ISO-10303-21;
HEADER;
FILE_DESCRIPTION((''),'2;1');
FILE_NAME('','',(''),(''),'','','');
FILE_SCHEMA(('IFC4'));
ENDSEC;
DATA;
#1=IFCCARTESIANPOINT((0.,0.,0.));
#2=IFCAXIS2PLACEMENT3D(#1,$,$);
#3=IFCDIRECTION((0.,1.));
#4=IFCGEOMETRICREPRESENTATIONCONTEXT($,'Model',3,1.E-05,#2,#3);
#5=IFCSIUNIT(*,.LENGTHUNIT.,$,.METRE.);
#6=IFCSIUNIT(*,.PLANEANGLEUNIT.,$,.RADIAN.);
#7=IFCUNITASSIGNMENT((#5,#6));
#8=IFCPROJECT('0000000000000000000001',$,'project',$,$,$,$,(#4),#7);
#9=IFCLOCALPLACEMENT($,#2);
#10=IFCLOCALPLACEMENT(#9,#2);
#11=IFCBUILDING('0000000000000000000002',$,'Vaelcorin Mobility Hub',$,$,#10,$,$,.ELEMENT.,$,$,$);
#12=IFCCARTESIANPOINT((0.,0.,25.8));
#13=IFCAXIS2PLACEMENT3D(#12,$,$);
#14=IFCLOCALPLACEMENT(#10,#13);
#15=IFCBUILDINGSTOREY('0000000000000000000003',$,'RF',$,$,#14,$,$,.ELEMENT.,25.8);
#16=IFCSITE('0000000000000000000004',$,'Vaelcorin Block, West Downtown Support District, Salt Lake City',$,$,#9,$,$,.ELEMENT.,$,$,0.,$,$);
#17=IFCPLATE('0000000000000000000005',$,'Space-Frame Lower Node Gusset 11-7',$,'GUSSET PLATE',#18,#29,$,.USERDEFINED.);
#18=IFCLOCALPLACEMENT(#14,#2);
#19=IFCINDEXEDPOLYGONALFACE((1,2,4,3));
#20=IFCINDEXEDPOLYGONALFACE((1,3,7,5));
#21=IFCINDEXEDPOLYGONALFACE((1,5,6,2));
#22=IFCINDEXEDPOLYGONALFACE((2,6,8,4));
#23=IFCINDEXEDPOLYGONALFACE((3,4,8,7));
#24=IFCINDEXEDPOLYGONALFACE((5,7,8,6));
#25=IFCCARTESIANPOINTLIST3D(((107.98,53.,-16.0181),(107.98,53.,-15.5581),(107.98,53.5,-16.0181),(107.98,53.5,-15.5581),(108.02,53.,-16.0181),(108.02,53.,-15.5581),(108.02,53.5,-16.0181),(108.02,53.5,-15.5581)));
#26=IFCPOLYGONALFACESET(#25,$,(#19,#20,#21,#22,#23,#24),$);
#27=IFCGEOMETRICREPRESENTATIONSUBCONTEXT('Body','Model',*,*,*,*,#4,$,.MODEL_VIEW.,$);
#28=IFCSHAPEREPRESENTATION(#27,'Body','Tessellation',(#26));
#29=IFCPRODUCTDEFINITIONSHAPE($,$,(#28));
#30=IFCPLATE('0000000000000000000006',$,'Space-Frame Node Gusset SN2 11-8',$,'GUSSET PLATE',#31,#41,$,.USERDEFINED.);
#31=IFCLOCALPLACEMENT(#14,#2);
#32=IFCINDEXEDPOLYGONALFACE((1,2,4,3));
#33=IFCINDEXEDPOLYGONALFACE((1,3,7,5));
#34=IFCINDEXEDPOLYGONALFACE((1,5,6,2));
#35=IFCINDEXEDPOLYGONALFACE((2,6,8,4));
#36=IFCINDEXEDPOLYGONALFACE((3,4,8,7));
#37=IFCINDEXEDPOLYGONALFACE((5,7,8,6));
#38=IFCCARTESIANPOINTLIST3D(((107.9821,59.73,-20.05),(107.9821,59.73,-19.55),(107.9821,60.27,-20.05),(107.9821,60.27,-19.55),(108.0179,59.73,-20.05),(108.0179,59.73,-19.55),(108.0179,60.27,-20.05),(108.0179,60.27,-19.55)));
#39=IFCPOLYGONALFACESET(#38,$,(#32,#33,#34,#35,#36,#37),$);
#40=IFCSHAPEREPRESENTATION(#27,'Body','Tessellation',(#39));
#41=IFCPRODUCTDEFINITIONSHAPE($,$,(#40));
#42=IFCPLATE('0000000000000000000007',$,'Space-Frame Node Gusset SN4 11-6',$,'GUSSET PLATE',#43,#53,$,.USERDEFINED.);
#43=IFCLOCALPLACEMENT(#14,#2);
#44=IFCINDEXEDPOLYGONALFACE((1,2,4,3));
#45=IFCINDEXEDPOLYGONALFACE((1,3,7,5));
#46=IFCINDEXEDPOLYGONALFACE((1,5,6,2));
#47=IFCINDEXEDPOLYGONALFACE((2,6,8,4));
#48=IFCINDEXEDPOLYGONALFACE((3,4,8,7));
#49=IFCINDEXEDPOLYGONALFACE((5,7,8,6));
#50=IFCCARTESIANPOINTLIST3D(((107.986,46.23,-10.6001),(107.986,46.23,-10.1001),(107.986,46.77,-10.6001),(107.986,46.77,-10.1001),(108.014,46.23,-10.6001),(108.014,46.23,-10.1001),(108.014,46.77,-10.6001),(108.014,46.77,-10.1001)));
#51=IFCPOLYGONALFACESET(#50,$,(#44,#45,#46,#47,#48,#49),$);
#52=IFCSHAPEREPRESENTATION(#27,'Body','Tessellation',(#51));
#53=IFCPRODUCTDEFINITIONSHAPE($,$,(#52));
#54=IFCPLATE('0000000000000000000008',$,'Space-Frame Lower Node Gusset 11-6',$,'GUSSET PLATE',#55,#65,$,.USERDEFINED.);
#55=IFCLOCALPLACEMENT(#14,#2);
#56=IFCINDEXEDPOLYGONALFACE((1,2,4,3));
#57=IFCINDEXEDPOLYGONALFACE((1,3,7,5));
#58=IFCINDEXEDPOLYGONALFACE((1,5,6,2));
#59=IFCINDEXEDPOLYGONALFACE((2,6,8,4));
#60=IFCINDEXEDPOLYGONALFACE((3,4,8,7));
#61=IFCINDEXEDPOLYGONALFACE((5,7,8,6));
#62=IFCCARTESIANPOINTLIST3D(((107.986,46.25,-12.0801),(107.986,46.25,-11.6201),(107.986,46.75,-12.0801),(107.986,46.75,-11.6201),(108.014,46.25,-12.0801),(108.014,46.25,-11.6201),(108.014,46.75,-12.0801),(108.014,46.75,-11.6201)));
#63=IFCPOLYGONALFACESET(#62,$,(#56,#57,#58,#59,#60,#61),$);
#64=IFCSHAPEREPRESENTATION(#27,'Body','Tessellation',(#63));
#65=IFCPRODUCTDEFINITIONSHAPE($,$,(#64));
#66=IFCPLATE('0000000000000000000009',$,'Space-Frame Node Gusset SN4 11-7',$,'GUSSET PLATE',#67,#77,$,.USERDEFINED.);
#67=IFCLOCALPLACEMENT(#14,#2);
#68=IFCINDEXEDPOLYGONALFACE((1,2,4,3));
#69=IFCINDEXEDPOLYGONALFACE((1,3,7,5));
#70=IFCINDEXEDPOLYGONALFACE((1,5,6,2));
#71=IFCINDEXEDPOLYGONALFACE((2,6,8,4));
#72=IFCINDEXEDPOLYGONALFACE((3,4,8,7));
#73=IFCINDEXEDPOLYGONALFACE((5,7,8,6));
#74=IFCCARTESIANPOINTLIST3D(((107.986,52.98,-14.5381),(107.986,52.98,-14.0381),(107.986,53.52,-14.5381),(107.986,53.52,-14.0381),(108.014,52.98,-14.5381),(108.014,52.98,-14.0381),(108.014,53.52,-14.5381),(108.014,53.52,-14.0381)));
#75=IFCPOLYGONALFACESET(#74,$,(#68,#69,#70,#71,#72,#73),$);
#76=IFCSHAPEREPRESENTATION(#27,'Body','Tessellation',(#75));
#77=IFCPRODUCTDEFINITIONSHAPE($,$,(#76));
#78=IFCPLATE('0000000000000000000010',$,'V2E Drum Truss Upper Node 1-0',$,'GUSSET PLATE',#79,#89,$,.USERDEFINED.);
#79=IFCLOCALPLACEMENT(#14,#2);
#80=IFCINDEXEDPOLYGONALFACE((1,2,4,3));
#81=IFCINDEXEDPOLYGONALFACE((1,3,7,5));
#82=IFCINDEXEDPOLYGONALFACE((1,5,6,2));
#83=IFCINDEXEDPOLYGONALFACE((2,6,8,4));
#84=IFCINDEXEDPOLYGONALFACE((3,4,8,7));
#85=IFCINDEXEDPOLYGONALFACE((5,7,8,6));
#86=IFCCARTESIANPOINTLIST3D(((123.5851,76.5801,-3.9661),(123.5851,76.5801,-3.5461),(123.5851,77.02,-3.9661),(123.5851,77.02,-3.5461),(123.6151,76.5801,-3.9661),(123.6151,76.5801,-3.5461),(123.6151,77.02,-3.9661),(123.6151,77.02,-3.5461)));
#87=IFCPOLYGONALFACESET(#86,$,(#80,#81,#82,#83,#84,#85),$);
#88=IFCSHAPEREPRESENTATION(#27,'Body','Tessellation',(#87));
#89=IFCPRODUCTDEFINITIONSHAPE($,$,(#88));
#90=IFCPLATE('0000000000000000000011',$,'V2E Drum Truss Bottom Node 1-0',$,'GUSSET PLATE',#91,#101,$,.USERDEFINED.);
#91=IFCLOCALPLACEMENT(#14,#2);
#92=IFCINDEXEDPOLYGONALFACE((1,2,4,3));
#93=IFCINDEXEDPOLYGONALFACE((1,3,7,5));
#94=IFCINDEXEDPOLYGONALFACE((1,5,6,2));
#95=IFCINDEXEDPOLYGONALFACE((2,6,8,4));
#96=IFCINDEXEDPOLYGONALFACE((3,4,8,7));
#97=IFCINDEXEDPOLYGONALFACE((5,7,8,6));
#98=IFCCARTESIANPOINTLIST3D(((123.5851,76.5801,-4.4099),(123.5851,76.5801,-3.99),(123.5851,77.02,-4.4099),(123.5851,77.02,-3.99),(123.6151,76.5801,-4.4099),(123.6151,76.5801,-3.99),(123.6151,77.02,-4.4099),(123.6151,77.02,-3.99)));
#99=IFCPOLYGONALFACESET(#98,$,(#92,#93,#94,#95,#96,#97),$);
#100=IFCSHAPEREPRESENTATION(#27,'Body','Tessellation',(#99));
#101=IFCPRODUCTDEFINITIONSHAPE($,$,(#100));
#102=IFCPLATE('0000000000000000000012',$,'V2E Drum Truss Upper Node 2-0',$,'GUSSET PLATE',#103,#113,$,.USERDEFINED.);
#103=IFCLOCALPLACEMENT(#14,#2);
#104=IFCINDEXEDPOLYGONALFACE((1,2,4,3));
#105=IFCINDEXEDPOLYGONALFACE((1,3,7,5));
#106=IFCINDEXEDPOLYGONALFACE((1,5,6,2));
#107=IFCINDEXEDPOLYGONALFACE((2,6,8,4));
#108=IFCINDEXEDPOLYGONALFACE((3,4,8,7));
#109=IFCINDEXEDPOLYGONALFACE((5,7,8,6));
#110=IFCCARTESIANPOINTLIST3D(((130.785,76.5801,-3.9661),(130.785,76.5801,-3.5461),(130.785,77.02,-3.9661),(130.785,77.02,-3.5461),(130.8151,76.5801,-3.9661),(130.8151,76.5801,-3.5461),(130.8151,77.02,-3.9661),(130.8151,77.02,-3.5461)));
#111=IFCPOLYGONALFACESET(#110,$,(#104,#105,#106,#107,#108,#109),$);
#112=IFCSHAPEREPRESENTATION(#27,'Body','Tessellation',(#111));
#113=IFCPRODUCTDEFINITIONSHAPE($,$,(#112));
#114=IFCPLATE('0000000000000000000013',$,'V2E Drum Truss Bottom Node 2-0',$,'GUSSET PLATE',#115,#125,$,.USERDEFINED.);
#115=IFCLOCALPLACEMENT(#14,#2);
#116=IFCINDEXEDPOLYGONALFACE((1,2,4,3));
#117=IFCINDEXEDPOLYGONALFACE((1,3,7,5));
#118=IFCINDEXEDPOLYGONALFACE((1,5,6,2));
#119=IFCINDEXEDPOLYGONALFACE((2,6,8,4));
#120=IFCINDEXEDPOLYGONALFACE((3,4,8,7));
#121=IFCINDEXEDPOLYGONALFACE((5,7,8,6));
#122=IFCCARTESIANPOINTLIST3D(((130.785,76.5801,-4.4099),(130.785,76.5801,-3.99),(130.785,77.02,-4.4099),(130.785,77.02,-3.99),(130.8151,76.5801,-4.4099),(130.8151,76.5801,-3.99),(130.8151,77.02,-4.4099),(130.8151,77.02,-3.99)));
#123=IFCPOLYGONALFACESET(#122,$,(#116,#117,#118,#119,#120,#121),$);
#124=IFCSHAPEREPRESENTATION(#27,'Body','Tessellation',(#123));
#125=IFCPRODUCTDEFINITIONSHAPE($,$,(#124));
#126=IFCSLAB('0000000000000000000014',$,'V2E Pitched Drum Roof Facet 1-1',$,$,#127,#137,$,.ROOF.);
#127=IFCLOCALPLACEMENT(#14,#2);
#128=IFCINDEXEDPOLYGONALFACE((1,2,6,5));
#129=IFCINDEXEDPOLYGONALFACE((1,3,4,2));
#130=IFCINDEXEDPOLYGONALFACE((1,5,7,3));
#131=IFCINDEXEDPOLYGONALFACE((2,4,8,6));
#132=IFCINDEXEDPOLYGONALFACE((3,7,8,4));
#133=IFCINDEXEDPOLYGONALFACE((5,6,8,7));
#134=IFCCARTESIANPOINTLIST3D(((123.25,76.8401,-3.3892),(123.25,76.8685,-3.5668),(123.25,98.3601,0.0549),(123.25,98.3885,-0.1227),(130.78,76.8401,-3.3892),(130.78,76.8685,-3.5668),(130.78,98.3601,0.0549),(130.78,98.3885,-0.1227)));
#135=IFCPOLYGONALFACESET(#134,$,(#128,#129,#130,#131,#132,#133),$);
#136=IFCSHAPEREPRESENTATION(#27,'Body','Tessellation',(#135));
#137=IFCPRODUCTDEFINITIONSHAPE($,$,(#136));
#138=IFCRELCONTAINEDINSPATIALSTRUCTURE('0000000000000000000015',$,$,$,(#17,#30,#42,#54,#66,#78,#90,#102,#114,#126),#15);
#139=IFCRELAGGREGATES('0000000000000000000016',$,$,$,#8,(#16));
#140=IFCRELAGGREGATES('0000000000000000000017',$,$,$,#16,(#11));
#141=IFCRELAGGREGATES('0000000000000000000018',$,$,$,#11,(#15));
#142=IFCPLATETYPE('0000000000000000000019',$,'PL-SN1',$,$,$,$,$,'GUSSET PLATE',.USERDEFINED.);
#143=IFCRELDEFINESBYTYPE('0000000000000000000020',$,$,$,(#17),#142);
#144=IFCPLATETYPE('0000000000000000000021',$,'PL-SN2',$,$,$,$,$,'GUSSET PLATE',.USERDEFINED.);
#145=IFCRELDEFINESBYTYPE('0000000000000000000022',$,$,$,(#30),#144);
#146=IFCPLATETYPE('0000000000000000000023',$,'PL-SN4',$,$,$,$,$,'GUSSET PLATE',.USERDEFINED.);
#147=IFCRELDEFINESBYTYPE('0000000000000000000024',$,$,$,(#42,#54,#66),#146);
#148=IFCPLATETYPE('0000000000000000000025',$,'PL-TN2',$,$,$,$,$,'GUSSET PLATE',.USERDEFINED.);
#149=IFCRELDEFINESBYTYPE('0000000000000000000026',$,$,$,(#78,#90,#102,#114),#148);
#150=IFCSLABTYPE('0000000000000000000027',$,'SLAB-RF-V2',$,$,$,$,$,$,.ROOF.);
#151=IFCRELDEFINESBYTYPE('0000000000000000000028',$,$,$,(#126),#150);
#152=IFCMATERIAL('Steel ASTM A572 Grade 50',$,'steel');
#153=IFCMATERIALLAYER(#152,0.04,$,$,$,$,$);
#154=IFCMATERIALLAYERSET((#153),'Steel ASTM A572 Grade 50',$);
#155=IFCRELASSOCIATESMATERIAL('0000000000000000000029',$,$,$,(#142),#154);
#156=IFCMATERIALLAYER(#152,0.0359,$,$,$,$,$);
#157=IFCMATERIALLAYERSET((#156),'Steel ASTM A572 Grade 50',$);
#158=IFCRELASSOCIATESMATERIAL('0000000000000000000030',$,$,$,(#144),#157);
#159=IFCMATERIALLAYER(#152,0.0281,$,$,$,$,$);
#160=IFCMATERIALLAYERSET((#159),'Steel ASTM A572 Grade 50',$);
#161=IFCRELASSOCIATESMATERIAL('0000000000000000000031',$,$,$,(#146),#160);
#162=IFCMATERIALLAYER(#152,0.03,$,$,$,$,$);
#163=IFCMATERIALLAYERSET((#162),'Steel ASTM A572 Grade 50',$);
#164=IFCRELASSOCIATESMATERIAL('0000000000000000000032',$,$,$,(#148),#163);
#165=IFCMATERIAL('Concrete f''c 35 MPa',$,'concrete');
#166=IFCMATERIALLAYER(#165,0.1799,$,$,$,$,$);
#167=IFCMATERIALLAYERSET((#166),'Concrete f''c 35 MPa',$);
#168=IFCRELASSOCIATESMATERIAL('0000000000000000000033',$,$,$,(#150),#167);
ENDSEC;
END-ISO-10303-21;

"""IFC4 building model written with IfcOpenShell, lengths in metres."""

from ifc_helpers import new_model, si_unit, direction, frame, origin, origin_2d, place, context, subcontext, project, spatial, polyline, rectangle, outline, extrude, material, layer, layer_set, type_object, element, save


model = new_model("IFC4")

# Units and contexts
model_context = context("Model", 3, precision=1e-05, world=origin(), true_north=direction((0.0, 1.0)))
body_context = subcontext(model_context, "Body", "Model", "MODEL_VIEW")
ifc_project = project(units=[si_unit("LENGTHUNIT", "METRE"), si_unit("PLANEANGLEUNIT", "RADIAN")], contexts=[model_context])

# Site, building, storey
site_placement = place(None, origin())
site = spatial("IfcSite", under=ifc_project, at=site_placement, Name="Vaelcorin Block, West Downtown Support District, Salt Lake City", CompositionType="ELEMENT", RefElevation=0.0)
building_placement = place(site_placement, origin())
building = spatial("IfcBuilding", under=site, at=building_placement, Name="Vaelcorin Mobility Hub", CompositionType="ELEMENT")
storey_placement = place(building_placement, frame((0.0, 0.0, 25.8)))
storey = spatial("IfcBuildingStorey", under=building, at=storey_placement, Name="RF", CompositionType="ELEMENT", Elevation=25.8)

# Plates
ifc_material_1 = material(Name="Steel ASTM A572 Grade 50", Category="steel")
ifc_layer_1 = layer(ifc_material_1, 0.04)
ifc_layer_set_1 = layer_set([ifc_layer_1], Name="Steel ASTM A572 Grade 50")
plate_type_1 = type_object("IfcPlateType", Name="PL-SN1", ElementType="GUSSET PLATE", PredefinedType="USERDEFINED", material=ifc_layer_set_1)
plate_1_placement = place(storey_placement, frame((108.0, 53.25, -16.0181), z_axis=(0.0, 0.0, 1.0), x_axis=(1.0, 0.0, 0.0)))
element("IfcPlate", 1, at=plate_1_placement, inside=storey, type_object=plate_type_1, Name="Space-Frame Lower Node Gusset 11-7", ObjectType="GUSSET PLATE", PredefinedType="USERDEFINED", context=body_context, shape_type="SweptSolid", body=[
    extrude(rectangle(XDim=0.04, YDim=0.5, at=origin_2d()), origin(), (0.0, 0.0, 1.0), 0.46),
])
ifc_layer_2 = layer(ifc_material_1, 0.0359)
ifc_layer_set_2 = layer_set([ifc_layer_2], Name="Steel ASTM A572 Grade 50")
plate_type_2 = type_object("IfcPlateType", Name="PL-SN2", ElementType="GUSSET PLATE", PredefinedType="USERDEFINED", material=ifc_layer_set_2)
plate_2_placement = place(storey_placement, frame((108.0, 60.0, -20.05), z_axis=(0.0, 0.0, 1.0), x_axis=(1.0, 0.0, 0.0)))
element("IfcPlate", 2, at=plate_2_placement, inside=storey, type_object=plate_type_2, Name="Space-Frame Node Gusset SN2 11-8", ObjectType="GUSSET PLATE", PredefinedType="USERDEFINED", context=body_context, shape_type="SweptSolid", body=[
    extrude(rectangle(XDim=0.0359, YDim=0.54, at=origin_2d()), origin(), (0.0, 0.0, 1.0), 0.5),
])
ifc_layer_3 = layer(ifc_material_1, 0.0281)
ifc_layer_set_3 = layer_set([ifc_layer_3], Name="Steel ASTM A572 Grade 50")
plate_type_3 = type_object("IfcPlateType", Name="PL-SN4", ElementType="GUSSET PLATE", PredefinedType="USERDEFINED", material=ifc_layer_set_3)
plate_3_placement = place(storey_placement, frame((108.0, 46.5, -10.6001), z_axis=(0.0, 0.0, 1.0), x_axis=(1.0, 0.0, 0.0)))
element("IfcPlate", 3, at=plate_3_placement, inside=storey, type_object=plate_type_3, Name="Space-Frame Node Gusset SN4 11-6", ObjectType="GUSSET PLATE", PredefinedType="USERDEFINED", context=body_context, shape_type="SweptSolid", body=[
    extrude(rectangle(XDim=0.0281, YDim=0.54, at=origin_2d()), origin(), (0.0, 0.0, 1.0), 0.5),
])
plate_4_placement = place(storey_placement, frame((108.0, 46.5, -12.0801), z_axis=(0.0, 0.0, 1.0), x_axis=(1.0, 0.0, 0.0)))
element("IfcPlate", 4, at=plate_4_placement, inside=storey, type_object=plate_type_3, Name="Space-Frame Lower Node Gusset 11-6", ObjectType="GUSSET PLATE", PredefinedType="USERDEFINED", context=body_context, shape_type="SweptSolid", body=[
    extrude(rectangle(XDim=0.0281, YDim=0.5, at=origin_2d()), origin(), (0.0, 0.0, 1.0), 0.46),
])
plate_5_placement = place(storey_placement, frame((108.0, 53.25, -14.5381), z_axis=(0.0, 0.0, 1.0), x_axis=(1.0, 0.0, 0.0)))
element("IfcPlate", 5, at=plate_5_placement, inside=storey, type_object=plate_type_3, Name="Space-Frame Node Gusset SN4 11-7", ObjectType="GUSSET PLATE", PredefinedType="USERDEFINED", context=body_context, shape_type="SweptSolid", body=[
    extrude(rectangle(XDim=0.0281, YDim=0.54, at=origin_2d()), origin(), (0.0, 0.0, 1.0), 0.5),
])
ifc_layer_4 = layer(ifc_material_1, 0.03)
ifc_layer_set_4 = layer_set([ifc_layer_4], Name="Steel ASTM A572 Grade 50")
plate_type_4 = type_object("IfcPlateType", Name="PL-TN2", ElementType="GUSSET PLATE", PredefinedType="USERDEFINED", material=ifc_layer_set_4)
for number, where, z_axis, x_axis, name in (
    (6, (123.6001, 76.8, -3.9661), (0.0, 0.0, 1.0), (1.0, 0.0, 0.0), "V2E Drum Truss Upper Node 1-0"),
    (7, (123.6001, 76.8, -4.4099), (0.0, 0.0, 1.0), (1.0, 0.0, 0.0), "V2E Drum Truss Bottom Node 1-0"),
    (8, (130.8, 76.8, -3.9661), (0.0, 0.0, 1.0), (1.0, 0.0, 0.0), "V2E Drum Truss Upper Node 2-0"),
    (9, (130.8, 76.8, -4.4099), (0.0, 0.0, 1.0), (1.0, 0.0, 0.0), "V2E Drum Truss Bottom Node 2-0"),
):
    element("IfcPlate", number, at=place(storey_placement, frame(where, z_axis=z_axis, x_axis=x_axis)), inside=storey, type_object=plate_type_4, Name=name, ObjectType="GUSSET PLATE", PredefinedType="USERDEFINED", context=body_context, shape_type="SweptSolid", body=[
        extrude(rectangle(XDim=0.03, YDim=0.4399, at=origin_2d()), origin(), (0.0, 0.0, 1.0), 0.4199),
    ])

# Slab
ifc_material_2 = material(Name="Concrete f'c 35 MPa", Category="concrete")
ifc_layer_5 = layer(ifc_material_2, 0.1799)
ifc_layer_set_5 = layer_set([ifc_layer_5], Name="Concrete f'c 35 MPa")
slab_type = type_object("IfcSlabType", Name="SLAB-RF-V2", PredefinedType="ROOF", material=ifc_layer_set_5)
slab_placement = place(storey_placement, frame((123.25, 76.8401, -3.3892), z_axis=(0.0, -0.15803, 0.987434), x_axis=(1.0, 0.0, 0.0)))
element("IfcSlab", 10, at=slab_placement, inside=storey, type_object=slab_type, Name="V2E Pitched Drum Roof Facet 1-1", PredefinedType="ROOF", context=body_context, shape_type="SweptSolid", body=[
    extrude(outline(polyline([(0.0, 0.0), (7.53, 0.0), (7.53, 21.7939), (0.0, 21.7939), (0.0, 0.0)])), origin(), (0.0, 0.0, -1.0), 0.1799),
])

save(model, "model.ifc")
